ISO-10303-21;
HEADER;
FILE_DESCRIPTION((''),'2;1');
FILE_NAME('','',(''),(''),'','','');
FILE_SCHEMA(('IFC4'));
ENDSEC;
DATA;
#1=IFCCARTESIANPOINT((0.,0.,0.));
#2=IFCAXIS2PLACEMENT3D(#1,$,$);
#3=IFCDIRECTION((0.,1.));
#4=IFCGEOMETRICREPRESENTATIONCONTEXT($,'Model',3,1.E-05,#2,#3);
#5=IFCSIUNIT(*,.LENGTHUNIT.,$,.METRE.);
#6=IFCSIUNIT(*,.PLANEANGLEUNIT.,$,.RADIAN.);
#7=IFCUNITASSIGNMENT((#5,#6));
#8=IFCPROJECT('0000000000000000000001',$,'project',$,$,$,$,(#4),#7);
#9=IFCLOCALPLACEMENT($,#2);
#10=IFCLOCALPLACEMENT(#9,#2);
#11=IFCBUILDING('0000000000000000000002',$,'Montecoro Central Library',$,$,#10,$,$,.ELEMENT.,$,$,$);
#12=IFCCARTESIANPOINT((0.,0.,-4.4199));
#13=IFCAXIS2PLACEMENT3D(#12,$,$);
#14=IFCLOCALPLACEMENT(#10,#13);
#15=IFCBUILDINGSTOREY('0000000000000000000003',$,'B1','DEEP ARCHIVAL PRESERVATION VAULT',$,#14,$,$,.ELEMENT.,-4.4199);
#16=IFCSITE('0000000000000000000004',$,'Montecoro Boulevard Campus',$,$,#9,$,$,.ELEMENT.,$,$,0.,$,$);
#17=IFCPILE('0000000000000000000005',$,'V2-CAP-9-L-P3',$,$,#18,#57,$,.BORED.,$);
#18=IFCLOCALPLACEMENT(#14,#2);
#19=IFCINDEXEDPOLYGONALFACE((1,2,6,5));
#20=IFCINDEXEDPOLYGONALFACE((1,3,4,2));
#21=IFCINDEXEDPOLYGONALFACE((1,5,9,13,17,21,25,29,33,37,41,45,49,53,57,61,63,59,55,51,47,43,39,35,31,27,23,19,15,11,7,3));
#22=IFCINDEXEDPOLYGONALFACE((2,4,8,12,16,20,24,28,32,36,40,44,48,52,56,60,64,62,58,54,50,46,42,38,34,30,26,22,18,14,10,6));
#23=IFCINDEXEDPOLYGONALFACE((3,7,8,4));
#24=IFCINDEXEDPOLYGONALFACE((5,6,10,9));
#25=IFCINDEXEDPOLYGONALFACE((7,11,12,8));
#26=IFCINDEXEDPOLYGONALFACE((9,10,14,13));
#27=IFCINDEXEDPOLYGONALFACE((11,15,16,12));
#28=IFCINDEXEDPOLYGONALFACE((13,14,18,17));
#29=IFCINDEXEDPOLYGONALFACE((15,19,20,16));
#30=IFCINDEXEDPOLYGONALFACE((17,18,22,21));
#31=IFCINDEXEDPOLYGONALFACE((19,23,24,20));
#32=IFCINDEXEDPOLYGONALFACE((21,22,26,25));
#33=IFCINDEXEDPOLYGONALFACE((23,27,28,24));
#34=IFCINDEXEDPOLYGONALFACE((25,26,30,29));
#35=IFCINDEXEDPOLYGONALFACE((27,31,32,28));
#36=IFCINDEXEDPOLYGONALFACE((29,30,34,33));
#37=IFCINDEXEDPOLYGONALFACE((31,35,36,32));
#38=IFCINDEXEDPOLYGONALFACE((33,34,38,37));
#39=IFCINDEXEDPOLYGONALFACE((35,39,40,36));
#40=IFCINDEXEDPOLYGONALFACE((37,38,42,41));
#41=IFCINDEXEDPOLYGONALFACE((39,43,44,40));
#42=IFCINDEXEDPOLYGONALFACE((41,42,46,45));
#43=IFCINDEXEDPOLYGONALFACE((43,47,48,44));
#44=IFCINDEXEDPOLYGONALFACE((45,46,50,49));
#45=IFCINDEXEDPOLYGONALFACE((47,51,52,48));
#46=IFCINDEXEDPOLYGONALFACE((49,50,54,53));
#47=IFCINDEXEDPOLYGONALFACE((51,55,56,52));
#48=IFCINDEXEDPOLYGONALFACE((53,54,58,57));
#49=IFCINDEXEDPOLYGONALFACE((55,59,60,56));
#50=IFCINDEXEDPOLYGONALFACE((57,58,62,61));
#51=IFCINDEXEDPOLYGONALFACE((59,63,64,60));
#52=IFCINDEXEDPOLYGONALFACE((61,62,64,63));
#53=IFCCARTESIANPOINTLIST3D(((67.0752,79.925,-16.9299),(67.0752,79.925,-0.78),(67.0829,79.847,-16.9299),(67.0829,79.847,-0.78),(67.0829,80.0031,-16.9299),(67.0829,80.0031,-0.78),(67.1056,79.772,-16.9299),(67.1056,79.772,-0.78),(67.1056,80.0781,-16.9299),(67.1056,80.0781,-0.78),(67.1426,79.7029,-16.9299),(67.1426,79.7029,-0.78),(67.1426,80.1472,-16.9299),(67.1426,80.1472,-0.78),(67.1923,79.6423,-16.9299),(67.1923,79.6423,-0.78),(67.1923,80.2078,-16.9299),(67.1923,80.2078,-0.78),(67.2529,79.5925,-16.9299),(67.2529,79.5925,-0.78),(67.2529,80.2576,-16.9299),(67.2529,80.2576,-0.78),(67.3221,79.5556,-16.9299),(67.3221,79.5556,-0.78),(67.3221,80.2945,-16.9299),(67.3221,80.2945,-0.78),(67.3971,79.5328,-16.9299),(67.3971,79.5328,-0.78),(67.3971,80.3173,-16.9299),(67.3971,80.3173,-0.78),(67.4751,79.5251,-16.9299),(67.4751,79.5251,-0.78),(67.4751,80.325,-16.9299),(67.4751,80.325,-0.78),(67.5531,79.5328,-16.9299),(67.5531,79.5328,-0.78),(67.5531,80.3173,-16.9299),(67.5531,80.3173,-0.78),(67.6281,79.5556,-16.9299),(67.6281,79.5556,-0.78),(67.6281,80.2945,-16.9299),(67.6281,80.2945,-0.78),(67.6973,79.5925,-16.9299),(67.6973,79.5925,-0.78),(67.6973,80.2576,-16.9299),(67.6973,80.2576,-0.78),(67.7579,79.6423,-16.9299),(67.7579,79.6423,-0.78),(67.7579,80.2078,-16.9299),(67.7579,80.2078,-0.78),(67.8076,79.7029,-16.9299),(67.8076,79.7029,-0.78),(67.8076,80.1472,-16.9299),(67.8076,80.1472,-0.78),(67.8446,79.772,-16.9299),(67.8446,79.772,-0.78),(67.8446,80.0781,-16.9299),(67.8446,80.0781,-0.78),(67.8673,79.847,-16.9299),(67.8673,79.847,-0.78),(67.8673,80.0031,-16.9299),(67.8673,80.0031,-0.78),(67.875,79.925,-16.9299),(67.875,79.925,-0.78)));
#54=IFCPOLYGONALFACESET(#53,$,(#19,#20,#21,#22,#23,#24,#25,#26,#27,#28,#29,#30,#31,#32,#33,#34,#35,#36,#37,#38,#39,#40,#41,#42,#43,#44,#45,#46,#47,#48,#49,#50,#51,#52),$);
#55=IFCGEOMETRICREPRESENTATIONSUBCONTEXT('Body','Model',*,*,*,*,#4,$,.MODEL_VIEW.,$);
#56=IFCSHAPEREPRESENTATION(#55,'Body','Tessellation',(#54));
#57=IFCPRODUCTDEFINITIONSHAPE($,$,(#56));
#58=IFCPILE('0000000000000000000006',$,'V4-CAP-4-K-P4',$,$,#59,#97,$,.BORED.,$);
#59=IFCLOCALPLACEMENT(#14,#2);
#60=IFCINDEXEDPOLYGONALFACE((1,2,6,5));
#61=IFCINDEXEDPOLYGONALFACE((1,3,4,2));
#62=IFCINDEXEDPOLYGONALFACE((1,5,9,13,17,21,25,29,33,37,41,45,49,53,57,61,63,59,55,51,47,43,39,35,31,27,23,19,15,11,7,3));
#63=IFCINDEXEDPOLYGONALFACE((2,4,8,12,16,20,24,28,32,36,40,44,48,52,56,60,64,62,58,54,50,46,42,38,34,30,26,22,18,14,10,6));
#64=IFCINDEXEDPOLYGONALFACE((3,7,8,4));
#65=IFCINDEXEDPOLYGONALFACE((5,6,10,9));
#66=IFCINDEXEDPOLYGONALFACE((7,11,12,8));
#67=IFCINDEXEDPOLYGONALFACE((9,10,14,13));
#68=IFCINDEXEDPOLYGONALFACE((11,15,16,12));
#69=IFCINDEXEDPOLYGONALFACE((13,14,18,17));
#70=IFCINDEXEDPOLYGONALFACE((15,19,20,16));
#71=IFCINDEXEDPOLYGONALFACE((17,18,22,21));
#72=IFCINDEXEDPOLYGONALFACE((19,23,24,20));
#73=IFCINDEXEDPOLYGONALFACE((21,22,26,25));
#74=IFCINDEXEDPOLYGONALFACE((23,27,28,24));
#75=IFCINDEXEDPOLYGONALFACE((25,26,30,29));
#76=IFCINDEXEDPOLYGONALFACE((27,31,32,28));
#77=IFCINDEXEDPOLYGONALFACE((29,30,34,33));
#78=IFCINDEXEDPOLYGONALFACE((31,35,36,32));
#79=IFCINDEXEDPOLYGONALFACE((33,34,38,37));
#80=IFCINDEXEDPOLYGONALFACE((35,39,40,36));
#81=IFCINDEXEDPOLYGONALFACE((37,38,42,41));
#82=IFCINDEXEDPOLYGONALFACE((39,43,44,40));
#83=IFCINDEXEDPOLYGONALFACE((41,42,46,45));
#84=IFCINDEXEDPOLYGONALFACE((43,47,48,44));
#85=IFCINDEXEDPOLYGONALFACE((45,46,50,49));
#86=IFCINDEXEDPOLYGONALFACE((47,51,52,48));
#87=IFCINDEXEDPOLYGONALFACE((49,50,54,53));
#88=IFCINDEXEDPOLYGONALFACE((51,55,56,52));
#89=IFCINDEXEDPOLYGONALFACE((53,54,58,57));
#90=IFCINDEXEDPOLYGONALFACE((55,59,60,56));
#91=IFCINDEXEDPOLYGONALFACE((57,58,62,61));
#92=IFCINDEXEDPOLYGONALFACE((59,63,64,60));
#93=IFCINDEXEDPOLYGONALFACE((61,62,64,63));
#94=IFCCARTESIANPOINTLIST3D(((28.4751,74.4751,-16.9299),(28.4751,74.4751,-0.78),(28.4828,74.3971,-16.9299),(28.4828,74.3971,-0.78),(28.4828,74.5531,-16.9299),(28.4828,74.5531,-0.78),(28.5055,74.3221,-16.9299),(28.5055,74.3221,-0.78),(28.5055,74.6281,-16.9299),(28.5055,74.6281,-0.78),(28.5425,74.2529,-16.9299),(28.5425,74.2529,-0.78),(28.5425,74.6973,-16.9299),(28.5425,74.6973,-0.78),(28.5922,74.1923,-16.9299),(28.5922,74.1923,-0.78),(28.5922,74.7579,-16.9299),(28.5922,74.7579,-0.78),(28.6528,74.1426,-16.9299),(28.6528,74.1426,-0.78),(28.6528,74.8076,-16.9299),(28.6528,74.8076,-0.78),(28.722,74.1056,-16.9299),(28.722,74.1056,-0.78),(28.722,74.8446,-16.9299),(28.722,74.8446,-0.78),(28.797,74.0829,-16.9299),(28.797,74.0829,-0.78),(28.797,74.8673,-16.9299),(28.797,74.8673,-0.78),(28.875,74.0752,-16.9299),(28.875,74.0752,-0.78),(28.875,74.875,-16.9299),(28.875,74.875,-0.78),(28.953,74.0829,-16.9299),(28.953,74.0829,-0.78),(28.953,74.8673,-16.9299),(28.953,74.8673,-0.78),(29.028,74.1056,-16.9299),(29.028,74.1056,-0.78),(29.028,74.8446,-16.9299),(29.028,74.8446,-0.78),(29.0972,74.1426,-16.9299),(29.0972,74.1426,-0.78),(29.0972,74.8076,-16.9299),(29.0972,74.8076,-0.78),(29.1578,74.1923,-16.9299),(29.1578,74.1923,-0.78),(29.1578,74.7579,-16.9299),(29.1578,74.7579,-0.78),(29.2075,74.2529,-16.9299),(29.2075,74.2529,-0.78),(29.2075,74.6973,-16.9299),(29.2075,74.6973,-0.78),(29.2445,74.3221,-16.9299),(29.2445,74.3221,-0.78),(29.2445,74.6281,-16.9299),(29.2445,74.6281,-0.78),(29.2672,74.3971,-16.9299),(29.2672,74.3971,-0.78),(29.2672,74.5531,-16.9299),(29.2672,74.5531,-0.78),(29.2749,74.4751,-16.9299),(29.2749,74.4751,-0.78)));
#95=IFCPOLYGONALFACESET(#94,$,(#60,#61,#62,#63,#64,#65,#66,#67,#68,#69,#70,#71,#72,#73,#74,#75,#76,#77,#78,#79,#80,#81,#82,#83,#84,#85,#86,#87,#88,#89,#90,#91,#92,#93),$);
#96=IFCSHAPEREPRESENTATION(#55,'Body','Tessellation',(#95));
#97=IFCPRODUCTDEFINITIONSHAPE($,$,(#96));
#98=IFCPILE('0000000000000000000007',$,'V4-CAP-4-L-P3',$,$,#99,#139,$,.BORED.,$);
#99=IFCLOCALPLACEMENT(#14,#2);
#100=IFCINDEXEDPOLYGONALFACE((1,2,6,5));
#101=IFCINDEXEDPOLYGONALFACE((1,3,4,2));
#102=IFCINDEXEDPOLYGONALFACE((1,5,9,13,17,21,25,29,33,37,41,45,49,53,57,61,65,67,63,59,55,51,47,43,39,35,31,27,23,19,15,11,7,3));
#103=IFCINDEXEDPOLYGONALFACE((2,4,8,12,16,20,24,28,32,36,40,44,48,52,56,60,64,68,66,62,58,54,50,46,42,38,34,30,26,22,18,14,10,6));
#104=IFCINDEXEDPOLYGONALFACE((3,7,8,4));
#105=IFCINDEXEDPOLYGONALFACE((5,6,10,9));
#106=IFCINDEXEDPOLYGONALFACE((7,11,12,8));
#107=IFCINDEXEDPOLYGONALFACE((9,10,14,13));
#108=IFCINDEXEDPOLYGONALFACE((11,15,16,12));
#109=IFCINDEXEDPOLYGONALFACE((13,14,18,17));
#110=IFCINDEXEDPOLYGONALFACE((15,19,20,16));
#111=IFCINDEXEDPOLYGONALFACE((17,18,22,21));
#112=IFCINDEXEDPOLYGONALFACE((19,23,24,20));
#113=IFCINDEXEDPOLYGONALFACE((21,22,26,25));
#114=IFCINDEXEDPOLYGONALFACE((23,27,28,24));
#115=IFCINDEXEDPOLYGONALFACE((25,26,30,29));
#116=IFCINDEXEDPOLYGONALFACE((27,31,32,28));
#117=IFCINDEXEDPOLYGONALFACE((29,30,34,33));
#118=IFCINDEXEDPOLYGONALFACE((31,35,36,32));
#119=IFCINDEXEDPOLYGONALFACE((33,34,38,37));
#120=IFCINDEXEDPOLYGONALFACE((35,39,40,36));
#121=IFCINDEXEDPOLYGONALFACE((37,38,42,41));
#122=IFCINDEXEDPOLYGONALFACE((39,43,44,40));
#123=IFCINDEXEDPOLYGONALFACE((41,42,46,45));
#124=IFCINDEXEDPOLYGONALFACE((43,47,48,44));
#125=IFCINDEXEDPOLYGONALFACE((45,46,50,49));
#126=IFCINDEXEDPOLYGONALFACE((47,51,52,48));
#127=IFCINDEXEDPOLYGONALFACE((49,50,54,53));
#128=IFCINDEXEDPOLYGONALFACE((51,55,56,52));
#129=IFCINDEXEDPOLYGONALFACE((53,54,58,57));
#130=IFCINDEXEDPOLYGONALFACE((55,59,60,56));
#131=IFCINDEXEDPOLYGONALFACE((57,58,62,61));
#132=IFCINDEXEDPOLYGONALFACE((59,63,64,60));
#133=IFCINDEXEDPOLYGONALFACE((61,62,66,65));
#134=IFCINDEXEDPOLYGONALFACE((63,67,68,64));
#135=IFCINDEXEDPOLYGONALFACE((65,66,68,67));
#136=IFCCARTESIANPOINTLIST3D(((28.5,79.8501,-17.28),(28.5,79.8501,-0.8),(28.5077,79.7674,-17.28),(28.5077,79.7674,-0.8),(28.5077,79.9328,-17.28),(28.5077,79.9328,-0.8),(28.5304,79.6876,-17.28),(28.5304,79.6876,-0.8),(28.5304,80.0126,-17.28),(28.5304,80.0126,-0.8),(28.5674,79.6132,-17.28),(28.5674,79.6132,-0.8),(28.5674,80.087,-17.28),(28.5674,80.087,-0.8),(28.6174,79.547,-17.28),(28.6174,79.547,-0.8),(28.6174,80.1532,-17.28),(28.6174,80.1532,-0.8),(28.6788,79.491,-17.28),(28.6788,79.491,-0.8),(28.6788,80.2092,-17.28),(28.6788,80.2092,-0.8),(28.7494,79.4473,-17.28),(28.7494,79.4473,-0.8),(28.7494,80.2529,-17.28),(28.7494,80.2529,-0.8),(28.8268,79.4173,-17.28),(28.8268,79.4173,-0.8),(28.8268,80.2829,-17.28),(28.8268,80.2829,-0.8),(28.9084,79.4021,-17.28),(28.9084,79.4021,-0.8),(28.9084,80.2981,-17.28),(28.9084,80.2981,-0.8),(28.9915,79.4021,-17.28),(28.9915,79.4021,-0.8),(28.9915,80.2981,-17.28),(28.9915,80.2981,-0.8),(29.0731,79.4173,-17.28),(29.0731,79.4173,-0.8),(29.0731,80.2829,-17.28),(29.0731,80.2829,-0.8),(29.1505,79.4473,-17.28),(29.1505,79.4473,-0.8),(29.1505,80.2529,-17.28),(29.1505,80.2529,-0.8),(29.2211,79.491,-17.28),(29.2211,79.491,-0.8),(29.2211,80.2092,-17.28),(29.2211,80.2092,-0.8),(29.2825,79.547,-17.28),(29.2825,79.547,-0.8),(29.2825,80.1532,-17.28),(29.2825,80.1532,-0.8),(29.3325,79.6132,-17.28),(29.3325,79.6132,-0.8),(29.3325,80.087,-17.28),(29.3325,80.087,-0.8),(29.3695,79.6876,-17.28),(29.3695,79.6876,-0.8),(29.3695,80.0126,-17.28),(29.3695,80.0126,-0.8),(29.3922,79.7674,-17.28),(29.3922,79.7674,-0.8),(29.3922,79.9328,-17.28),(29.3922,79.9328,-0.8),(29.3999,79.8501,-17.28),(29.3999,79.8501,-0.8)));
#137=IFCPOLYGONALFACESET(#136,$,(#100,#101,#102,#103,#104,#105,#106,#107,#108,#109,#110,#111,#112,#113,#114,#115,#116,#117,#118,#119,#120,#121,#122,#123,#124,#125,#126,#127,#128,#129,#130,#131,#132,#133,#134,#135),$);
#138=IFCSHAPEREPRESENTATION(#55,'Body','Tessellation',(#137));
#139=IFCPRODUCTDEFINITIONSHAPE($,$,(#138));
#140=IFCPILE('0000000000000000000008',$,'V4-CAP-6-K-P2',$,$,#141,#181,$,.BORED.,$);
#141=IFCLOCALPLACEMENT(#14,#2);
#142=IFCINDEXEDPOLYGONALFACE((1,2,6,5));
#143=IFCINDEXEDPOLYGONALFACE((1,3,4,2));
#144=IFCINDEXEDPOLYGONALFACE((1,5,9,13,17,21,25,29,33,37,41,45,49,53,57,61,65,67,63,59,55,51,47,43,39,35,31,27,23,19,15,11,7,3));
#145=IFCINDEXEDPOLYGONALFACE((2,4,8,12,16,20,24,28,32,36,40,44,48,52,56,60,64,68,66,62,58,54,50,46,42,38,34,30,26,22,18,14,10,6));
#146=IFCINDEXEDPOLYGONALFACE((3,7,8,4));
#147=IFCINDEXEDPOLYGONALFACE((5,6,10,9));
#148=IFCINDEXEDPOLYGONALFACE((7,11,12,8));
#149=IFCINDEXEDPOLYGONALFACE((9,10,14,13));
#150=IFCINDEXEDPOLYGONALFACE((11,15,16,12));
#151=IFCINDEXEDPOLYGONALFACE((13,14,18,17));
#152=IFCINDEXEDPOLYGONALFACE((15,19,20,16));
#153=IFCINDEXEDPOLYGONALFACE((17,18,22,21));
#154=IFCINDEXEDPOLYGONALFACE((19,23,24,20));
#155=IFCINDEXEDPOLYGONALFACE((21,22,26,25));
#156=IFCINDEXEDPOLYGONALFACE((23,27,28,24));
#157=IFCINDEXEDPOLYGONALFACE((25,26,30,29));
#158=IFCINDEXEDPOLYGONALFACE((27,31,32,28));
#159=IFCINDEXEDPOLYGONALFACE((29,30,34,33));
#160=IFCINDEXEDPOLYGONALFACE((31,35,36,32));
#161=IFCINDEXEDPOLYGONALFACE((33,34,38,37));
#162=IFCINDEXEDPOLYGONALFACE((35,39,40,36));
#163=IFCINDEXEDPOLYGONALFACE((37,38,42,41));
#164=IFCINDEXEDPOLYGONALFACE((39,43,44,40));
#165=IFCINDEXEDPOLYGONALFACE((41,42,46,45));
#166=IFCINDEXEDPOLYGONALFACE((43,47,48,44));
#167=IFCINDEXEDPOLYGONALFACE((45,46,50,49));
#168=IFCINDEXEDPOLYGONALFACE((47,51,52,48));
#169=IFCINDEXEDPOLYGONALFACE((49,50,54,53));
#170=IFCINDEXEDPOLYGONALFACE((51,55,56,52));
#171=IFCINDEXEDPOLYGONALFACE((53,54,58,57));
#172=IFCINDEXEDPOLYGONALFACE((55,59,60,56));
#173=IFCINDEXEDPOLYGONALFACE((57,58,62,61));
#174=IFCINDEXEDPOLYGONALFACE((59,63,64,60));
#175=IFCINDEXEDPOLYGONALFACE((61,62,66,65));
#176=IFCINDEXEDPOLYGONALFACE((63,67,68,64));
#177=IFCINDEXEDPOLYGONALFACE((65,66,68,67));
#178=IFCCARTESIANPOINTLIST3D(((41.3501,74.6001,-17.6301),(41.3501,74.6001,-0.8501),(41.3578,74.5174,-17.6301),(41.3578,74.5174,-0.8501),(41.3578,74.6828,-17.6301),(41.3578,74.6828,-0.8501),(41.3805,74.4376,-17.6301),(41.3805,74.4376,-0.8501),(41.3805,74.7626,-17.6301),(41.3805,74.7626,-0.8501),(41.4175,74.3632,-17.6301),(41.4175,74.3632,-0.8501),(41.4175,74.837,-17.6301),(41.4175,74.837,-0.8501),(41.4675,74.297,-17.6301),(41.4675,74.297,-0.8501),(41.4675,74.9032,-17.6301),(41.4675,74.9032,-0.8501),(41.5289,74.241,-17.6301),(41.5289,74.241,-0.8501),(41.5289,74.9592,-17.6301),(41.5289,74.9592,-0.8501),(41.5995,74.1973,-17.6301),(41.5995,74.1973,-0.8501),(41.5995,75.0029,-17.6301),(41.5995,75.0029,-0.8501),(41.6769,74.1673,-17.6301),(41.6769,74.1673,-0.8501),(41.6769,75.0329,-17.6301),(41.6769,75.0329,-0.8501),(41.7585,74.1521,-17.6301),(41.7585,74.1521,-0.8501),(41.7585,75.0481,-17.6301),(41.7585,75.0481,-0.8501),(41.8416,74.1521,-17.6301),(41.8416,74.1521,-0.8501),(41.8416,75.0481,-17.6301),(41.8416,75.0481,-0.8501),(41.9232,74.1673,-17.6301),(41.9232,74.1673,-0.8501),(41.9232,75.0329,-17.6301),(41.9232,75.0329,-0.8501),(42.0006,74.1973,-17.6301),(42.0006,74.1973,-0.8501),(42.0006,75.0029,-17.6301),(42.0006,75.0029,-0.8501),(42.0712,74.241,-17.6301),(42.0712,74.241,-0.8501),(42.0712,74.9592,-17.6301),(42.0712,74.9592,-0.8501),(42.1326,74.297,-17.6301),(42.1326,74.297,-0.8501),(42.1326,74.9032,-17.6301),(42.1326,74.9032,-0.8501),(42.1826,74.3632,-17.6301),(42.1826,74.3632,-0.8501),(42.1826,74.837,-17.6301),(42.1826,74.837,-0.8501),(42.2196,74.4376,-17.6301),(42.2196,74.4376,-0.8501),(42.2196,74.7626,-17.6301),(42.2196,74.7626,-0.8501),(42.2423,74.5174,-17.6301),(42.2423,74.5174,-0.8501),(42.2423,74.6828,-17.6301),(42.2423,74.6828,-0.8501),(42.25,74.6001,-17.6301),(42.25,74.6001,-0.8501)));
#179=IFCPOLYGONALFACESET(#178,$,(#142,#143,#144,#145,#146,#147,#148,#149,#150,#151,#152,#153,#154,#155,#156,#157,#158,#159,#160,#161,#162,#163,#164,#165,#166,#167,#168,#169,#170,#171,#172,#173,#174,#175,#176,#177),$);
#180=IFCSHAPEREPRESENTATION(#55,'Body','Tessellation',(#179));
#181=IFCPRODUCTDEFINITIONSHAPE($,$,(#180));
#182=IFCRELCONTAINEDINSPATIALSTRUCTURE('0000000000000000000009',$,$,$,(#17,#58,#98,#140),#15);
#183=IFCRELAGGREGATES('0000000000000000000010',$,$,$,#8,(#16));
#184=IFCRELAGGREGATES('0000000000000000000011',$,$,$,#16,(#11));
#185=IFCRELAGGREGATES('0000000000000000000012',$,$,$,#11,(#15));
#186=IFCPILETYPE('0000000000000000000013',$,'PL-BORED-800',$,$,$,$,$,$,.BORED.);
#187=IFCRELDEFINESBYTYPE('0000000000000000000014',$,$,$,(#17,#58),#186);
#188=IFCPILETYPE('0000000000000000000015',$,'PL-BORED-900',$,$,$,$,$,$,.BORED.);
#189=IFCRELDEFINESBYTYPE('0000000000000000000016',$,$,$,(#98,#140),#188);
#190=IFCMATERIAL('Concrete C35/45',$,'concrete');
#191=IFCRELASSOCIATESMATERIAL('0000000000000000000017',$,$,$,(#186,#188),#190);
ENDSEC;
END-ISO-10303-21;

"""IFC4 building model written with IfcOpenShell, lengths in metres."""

from ifc_helpers import new_model, si_unit, direction, frame, origin, origin_2d, place, context, subcontext, project, spatial, circle, extrude, material, material_profile, profile_set, type_object, element, save


model = new_model("IFC4")

# Units and contexts
model_context = context("Model", 3, precision=1e-05, world=origin(), true_north=direction((0.0, 1.0)))
body_context = subcontext(model_context, "Body", "Model", "MODEL_VIEW")
ifc_project = project(units=[si_unit("LENGTHUNIT", "METRE"), si_unit("PLANEANGLEUNIT", "RADIAN")], contexts=[model_context])

# Site, building, storey
site_placement = place(None, origin())
site = spatial("IfcSite", under=ifc_project, at=site_placement, Name="Montecoro Boulevard Campus", CompositionType="ELEMENT", RefElevation=0.0)
building_placement = place(site_placement, origin())
building = spatial("IfcBuilding", under=site, at=building_placement, Name="Montecoro Central Library", CompositionType="ELEMENT")
storey_placement = place(building_placement, frame((0.0, 0.0, -4.4199)))
storey = spatial("IfcBuildingStorey", under=building, at=storey_placement, Name="B1", Description="DEEP ARCHIVAL PRESERVATION VAULT", CompositionType="ELEMENT", Elevation=-4.4199)

# Shared definitions
ifc_material_1 = material(Name="Concrete C35/45", Category="concrete")

# Piles
ifc_material_profile_1 = material_profile(ifc_material_1, circle(Radius=0.3999, at=origin_2d()), Name="PILE D800")
ifc_profile_set_1 = profile_set([ifc_material_profile_1], Name="Concrete C35/45")
pile_type_1 = type_object("IfcPileType", Name="PL-BORED-800", PredefinedType="BORED", material=ifc_profile_set_1)
for number, where, z_axis, x_axis, name in (
    (1, (67.4751, 79.925, -0.78), (0.0, 0.0, -1.0), (1.0, 0.0, 0.0), "V2-CAP-9-L-P3"),
    (2, (28.875, 74.4751, -0.78), (0.0, 0.0, -1.0), (1.0, 0.0, 0.0), "V4-CAP-4-K-P4"),
):
    element("IfcPile", number, at=place(storey_placement, frame(where, z_axis=z_axis, x_axis=x_axis)), inside=storey, type_object=pile_type_1, Name=name, PredefinedType="BORED", context=body_context, shape_type="SweptSolid", body=[
        extrude(circle(Radius=0.3999, at=origin_2d()), origin(), (0.0, 0.0, 1.0), 16.1499),
    ])
ifc_material_profile_2 = material_profile(ifc_material_1, circle(Radius=0.45, at=origin_2d()), Name="PILE D900")
ifc_profile_set_2 = profile_set([ifc_material_profile_2], Name="Concrete C35/45")
pile_type_2 = type_object("IfcPileType", Name="PL-BORED-900", PredefinedType="BORED", material=ifc_profile_set_2)
pile_1_placement = place(storey_placement, frame((28.95, 79.8501, -0.8), z_axis=(0.0, 0.0, -1.0), x_axis=(1.0, 0.0, 0.0)))
element("IfcPile", 3, at=pile_1_placement, inside=storey, type_object=pile_type_2, Name="V4-CAP-4-L-P3", PredefinedType="BORED", context=body_context, shape_type="SweptSolid", body=[
    extrude(circle(Radius=0.45, at=origin_2d()), origin(), (0.0, 0.0, 1.0), 16.48),
])
for number, where, z_axis, x_axis, name in (
    (4, (41.8, 74.6001, -0.8501), (0.0, 0.0, -1.0), (1.0, 0.0, 0.0), "V4-CAP-6-K-P2"),
):
    element("IfcPile", number, at=place(storey_placement, frame(where, z_axis=z_axis, x_axis=x_axis)), inside=storey, type_object=pile_type_2, Name=name, PredefinedType="BORED", context=body_context, shape_type="SweptSolid", body=[
        extrude(circle(Radius=0.45, at=origin_2d()), origin(), (0.0, 0.0, 1.0), 16.78),
    ])

save(model, "model.ifc")
